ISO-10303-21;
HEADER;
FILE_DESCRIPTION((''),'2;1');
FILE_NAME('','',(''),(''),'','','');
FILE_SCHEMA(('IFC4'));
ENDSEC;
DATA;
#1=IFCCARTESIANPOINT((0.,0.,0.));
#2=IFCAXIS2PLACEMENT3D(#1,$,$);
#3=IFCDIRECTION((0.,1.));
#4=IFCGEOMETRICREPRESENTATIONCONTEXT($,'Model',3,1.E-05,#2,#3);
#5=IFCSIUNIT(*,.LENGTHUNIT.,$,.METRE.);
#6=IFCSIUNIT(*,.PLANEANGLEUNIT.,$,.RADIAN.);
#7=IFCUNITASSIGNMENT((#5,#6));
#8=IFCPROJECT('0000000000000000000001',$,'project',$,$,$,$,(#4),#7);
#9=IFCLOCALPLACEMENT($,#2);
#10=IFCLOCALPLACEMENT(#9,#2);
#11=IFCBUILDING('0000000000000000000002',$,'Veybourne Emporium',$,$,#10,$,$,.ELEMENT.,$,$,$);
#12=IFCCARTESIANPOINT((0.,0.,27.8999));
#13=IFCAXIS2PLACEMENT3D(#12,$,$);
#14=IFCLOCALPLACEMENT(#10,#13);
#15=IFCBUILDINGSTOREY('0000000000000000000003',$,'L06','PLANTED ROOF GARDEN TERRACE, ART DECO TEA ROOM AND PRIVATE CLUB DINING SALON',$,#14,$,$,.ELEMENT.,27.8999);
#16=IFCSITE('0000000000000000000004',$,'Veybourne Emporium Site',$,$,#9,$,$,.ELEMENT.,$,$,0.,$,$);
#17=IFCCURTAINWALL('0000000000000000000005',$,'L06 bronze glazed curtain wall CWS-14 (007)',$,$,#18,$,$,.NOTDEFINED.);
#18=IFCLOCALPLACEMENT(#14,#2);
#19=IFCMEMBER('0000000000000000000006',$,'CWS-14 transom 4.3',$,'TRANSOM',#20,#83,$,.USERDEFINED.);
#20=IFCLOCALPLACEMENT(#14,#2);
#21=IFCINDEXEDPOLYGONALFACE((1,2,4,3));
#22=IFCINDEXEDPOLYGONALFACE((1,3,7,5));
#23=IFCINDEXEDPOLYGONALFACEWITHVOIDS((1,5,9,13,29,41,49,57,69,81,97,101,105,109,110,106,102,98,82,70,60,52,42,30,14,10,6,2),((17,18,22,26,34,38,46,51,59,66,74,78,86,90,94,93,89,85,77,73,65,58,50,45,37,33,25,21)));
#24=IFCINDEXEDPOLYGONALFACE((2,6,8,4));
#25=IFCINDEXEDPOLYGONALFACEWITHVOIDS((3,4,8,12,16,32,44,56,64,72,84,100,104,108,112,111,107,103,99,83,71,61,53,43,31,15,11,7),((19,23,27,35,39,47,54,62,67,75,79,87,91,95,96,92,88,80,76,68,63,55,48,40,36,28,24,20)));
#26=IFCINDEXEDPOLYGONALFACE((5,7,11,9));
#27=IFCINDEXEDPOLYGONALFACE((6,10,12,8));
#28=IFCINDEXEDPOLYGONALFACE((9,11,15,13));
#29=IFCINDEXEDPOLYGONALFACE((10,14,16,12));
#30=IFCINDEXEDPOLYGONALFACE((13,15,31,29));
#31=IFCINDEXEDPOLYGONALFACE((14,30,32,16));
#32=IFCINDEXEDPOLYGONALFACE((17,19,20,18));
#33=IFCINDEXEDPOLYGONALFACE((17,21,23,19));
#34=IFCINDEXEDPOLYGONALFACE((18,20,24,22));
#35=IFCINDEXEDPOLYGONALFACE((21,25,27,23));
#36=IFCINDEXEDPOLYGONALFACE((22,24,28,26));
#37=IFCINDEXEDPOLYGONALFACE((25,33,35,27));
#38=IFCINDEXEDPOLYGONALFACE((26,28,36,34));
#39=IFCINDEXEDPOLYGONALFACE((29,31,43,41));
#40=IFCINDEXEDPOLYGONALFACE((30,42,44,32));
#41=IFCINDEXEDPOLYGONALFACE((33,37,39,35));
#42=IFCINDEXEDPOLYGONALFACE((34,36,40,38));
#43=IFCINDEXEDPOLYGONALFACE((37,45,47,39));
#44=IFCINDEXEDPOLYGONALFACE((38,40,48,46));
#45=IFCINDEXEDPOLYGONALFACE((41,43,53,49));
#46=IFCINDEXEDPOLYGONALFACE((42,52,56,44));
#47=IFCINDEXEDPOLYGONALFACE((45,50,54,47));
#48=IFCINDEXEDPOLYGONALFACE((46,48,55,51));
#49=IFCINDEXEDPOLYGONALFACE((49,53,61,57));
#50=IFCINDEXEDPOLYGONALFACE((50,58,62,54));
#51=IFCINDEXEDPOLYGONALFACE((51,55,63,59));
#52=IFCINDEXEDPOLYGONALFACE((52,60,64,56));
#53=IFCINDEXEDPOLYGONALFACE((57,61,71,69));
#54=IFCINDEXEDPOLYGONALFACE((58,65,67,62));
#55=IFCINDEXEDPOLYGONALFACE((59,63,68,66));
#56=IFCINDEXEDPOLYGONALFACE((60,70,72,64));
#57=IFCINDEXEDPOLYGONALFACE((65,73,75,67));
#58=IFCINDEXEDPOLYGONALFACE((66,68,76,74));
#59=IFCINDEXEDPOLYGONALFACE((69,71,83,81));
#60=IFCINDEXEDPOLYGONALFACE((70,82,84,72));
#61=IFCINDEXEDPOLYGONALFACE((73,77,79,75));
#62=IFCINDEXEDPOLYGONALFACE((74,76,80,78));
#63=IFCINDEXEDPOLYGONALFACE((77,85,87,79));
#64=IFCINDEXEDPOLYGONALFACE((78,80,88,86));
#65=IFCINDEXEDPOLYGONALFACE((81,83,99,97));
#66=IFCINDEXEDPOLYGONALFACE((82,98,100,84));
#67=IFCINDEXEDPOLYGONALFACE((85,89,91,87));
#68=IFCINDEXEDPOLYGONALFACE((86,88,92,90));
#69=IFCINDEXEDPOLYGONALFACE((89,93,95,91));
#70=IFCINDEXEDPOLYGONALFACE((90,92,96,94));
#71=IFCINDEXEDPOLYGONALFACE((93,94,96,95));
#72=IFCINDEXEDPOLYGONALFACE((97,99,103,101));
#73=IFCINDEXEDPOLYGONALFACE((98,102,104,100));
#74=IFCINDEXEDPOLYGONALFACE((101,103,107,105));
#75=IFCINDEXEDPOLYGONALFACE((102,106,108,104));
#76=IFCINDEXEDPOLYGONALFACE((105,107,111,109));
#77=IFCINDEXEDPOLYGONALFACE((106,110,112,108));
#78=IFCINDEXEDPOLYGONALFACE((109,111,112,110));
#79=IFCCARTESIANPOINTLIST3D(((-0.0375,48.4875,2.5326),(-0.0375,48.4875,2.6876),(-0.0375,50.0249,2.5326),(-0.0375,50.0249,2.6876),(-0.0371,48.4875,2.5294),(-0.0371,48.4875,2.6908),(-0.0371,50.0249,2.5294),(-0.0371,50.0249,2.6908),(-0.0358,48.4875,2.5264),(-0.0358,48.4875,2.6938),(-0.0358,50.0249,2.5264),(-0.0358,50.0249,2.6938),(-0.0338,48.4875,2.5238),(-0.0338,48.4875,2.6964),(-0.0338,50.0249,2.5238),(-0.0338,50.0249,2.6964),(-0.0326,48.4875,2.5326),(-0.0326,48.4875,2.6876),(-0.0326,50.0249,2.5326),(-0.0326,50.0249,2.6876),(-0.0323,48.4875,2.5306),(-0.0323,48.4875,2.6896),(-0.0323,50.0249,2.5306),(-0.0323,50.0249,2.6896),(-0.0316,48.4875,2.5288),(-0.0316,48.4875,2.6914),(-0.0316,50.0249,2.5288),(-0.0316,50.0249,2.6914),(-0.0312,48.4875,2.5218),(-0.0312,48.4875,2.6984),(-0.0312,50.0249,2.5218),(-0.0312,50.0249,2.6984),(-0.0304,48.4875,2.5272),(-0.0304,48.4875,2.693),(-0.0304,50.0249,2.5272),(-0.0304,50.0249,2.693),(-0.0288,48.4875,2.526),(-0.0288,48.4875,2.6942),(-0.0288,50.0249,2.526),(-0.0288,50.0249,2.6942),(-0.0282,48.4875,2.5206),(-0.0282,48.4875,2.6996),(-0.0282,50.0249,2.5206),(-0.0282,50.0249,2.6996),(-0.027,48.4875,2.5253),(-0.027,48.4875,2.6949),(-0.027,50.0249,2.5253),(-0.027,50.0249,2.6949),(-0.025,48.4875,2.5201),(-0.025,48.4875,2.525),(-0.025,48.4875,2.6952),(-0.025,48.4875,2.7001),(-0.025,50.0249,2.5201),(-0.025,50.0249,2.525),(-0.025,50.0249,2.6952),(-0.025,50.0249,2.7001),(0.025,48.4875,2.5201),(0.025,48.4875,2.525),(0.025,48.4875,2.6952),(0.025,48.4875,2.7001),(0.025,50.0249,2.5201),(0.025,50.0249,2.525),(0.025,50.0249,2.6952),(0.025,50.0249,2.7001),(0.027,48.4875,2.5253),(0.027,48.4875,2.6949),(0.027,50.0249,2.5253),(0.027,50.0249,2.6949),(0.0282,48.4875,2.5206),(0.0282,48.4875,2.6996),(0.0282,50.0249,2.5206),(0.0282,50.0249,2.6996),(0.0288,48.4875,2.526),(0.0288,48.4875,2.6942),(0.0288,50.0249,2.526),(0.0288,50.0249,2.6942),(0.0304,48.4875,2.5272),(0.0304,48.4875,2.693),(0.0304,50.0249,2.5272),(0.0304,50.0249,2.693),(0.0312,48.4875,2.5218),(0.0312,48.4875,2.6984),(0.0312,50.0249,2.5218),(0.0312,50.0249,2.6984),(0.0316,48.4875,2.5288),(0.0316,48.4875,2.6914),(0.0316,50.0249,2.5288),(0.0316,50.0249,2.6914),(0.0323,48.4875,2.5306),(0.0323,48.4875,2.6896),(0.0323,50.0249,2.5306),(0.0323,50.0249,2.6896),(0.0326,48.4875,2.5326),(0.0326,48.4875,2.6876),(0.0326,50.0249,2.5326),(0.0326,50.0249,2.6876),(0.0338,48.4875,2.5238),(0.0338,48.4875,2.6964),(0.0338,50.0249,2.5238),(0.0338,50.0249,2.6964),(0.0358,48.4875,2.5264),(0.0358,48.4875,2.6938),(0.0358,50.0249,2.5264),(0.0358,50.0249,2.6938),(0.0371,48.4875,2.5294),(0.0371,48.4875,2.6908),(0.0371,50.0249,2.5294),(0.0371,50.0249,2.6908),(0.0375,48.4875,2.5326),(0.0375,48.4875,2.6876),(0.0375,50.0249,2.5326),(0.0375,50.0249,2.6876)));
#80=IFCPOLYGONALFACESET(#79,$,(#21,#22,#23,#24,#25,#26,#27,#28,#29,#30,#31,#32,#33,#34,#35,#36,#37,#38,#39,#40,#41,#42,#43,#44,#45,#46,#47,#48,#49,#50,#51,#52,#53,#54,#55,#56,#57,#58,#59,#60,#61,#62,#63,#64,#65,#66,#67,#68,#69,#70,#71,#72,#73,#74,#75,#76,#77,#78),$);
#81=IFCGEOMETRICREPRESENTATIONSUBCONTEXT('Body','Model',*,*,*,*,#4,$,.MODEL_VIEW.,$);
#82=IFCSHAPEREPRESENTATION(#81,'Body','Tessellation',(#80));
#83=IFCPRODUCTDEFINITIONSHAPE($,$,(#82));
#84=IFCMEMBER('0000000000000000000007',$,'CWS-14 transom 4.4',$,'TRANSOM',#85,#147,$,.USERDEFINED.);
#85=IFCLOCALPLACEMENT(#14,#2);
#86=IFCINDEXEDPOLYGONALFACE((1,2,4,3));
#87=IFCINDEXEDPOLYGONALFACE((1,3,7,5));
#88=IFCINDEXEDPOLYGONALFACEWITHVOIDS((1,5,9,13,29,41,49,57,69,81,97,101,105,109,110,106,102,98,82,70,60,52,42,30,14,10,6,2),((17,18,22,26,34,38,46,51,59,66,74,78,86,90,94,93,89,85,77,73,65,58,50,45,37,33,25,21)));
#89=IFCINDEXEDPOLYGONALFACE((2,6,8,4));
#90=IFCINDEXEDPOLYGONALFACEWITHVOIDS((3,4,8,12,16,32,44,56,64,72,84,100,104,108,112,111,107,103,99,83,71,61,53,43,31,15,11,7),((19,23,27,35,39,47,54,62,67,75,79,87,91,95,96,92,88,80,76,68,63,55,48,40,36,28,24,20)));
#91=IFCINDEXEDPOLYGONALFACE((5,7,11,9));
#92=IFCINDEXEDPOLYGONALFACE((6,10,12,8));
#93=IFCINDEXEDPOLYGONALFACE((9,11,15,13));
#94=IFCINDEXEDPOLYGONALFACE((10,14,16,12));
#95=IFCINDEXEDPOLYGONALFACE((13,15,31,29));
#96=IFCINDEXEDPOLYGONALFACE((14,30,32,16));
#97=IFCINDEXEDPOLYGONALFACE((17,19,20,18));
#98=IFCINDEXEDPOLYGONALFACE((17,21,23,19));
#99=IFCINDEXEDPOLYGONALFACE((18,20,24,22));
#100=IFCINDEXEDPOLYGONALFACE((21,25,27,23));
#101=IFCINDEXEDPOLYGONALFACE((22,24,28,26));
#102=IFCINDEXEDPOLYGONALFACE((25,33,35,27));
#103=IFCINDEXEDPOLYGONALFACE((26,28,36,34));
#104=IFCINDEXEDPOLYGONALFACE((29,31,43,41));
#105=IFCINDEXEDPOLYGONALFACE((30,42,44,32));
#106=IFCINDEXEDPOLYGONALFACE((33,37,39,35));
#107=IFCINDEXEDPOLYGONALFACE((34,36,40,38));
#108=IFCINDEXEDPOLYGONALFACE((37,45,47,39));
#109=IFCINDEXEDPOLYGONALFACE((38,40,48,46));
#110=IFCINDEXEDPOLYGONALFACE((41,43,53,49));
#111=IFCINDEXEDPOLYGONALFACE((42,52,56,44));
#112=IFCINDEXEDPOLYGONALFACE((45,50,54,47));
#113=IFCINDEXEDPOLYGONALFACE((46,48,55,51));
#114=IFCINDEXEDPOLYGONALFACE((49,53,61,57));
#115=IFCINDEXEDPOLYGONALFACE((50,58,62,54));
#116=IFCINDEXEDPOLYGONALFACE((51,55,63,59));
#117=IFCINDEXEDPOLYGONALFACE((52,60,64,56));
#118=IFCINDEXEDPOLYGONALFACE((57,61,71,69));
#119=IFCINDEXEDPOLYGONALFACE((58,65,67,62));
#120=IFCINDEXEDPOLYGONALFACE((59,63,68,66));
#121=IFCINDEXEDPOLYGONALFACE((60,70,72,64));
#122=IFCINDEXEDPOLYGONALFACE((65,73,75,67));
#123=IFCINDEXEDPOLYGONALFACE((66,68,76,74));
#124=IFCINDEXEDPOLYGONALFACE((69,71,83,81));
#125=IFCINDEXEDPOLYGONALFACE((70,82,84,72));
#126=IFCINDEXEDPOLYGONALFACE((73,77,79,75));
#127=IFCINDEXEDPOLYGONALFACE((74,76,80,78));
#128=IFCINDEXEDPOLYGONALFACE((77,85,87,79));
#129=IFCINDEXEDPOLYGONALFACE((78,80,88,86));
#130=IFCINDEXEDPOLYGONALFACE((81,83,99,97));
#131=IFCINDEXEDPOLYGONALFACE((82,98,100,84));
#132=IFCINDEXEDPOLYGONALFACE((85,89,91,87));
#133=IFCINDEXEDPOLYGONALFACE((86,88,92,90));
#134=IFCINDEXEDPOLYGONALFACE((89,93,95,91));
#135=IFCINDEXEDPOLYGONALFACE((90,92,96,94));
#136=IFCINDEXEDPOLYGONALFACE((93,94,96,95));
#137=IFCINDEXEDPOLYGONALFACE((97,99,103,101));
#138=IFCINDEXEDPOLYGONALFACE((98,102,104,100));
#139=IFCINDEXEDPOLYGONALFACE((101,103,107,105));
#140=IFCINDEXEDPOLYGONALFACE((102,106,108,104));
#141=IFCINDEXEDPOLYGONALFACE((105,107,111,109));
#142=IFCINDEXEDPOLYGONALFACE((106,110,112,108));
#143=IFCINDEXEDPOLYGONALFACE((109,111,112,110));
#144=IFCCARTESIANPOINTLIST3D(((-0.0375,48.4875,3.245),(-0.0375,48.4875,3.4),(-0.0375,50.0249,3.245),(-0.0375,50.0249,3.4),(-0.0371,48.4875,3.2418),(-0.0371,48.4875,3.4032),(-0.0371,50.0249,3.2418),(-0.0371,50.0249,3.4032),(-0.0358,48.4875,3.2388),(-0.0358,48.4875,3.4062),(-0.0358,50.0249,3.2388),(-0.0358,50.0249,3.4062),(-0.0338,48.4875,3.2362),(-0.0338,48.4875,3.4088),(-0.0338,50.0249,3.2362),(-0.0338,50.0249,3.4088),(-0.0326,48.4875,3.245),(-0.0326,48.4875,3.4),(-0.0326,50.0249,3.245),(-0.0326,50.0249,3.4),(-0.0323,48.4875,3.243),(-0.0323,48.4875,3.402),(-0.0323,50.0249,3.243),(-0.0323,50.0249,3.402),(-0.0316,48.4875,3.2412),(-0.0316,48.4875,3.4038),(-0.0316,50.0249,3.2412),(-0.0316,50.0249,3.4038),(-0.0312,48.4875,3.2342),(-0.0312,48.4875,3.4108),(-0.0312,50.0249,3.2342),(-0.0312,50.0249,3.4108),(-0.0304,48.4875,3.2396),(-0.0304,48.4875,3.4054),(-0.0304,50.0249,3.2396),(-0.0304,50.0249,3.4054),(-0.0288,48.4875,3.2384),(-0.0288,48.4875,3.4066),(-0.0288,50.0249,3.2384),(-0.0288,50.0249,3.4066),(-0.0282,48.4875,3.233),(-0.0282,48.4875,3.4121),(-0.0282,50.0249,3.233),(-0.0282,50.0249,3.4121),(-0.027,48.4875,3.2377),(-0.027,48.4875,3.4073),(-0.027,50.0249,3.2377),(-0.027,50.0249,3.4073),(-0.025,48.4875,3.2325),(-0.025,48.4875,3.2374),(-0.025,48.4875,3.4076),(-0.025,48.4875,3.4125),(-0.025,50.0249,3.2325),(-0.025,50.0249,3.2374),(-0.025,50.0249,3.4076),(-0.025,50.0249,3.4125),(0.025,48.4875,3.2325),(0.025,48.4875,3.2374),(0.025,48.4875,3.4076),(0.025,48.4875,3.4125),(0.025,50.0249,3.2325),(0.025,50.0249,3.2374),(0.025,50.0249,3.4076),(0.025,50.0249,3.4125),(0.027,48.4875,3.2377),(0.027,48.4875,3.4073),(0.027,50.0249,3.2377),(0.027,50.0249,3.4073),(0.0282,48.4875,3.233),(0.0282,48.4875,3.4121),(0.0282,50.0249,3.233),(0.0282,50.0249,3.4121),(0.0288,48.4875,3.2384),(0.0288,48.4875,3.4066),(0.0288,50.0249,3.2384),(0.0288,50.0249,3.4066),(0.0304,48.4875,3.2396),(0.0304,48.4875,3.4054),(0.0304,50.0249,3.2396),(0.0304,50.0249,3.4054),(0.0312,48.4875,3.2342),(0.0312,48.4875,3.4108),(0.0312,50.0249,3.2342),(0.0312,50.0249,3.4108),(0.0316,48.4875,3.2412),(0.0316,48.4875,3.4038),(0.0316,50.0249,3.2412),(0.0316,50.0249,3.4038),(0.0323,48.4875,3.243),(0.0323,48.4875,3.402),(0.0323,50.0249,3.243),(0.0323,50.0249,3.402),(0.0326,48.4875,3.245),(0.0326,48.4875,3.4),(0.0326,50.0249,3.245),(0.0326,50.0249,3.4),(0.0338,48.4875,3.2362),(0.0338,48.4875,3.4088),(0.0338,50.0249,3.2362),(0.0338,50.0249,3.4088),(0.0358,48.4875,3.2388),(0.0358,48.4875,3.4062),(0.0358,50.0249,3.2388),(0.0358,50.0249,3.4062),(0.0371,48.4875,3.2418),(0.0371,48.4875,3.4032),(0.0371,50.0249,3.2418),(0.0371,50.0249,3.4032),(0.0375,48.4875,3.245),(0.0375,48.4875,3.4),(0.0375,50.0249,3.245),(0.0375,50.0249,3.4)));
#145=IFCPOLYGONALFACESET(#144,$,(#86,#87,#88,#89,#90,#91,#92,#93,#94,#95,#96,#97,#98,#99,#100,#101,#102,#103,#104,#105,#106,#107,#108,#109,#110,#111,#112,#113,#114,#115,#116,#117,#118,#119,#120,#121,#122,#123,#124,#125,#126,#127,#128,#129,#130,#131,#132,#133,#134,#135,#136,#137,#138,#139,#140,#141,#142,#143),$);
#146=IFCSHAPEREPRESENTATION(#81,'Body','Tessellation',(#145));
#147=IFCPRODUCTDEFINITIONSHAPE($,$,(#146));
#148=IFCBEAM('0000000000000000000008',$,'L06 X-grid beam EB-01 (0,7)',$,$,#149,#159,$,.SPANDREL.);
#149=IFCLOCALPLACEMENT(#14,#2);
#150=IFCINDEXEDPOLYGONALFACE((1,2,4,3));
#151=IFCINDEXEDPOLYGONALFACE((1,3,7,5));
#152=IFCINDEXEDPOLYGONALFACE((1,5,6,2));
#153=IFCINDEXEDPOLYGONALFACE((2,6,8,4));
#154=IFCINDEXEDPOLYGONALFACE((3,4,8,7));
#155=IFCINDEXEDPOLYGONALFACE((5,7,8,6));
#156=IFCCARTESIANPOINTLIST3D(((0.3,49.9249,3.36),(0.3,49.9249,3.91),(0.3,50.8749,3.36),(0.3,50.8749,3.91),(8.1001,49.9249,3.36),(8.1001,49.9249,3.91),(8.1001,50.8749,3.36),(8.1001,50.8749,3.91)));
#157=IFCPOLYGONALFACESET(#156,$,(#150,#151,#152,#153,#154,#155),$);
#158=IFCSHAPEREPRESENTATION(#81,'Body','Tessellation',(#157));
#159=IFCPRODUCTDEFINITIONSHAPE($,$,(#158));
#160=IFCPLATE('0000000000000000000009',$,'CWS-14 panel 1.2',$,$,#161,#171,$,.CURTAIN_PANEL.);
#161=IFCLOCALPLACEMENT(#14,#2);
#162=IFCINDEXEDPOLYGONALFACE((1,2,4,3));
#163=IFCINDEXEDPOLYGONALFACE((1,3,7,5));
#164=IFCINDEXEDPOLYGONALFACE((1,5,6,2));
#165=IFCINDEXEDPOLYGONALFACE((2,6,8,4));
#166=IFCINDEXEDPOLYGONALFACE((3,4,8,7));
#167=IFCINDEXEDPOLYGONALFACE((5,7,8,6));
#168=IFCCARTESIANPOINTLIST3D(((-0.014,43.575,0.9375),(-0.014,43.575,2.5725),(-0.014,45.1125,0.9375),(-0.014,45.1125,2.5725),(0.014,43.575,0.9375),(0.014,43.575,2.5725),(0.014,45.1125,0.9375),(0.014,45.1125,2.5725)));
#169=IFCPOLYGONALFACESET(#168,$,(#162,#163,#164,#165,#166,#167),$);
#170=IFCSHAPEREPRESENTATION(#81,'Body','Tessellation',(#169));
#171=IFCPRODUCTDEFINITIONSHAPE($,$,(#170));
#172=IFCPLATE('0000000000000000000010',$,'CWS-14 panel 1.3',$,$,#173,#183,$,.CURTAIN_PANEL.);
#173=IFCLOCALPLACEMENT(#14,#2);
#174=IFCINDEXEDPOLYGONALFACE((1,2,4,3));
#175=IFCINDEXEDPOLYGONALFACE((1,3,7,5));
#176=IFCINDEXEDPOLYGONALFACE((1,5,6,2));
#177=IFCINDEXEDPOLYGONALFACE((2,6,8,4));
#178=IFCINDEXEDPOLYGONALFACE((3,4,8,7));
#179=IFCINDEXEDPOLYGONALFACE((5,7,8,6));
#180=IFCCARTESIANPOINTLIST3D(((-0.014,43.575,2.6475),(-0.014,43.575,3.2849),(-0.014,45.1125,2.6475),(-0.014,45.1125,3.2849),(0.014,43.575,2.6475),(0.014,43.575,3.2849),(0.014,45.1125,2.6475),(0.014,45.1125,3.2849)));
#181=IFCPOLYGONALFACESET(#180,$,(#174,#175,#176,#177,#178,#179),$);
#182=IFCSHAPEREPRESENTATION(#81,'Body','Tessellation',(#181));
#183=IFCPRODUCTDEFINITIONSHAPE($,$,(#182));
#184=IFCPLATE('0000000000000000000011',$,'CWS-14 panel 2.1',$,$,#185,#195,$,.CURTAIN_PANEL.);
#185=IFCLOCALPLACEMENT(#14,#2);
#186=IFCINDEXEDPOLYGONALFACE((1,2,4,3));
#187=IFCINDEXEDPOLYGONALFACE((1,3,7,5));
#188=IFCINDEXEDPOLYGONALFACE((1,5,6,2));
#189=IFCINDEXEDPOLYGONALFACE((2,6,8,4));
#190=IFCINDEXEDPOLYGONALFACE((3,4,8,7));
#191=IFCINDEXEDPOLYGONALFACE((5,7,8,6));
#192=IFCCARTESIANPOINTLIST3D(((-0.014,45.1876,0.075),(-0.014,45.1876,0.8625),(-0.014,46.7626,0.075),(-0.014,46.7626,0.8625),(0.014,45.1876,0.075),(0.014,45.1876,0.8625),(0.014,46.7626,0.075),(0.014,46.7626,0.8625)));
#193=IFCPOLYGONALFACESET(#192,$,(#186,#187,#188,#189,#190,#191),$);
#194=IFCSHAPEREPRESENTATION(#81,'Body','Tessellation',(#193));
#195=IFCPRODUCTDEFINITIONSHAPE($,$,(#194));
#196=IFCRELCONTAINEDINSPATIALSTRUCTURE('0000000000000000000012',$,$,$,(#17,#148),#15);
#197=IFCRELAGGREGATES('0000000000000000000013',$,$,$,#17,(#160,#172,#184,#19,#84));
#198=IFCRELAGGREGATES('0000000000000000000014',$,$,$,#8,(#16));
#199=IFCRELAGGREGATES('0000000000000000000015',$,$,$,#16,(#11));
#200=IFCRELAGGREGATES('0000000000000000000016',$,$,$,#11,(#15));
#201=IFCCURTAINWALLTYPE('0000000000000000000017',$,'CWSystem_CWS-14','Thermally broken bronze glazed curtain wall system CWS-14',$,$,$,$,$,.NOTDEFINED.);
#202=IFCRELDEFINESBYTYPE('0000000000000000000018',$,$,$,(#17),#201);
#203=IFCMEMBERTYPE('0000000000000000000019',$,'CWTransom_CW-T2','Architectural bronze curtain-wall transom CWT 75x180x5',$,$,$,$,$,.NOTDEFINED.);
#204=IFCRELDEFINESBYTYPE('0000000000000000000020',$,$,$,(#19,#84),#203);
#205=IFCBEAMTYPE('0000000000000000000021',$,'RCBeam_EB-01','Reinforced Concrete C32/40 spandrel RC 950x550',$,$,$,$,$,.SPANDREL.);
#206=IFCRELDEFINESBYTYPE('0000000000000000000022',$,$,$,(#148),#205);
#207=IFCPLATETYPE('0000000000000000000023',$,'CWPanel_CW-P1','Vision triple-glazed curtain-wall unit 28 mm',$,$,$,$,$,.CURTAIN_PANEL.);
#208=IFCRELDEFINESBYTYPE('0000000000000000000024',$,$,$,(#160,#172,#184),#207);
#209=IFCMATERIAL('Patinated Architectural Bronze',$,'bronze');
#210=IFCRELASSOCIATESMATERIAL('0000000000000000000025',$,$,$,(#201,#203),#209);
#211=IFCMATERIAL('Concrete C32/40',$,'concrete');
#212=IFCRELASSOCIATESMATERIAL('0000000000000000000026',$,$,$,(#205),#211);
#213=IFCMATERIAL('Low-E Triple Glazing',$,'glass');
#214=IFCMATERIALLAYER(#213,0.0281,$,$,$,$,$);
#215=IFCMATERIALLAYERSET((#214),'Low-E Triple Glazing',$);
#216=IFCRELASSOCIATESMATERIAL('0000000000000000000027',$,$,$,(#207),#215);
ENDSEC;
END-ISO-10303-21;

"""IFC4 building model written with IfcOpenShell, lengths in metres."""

from ifc_helpers import new_model, si_unit, direction, frame, origin, origin_2d, place, context, subcontext, project, spatial, rectangle, hollow_rectangle, extrude, material, layer, layer_set, material_profile, profile_set, type_object, element, aggregate, save


model = new_model("IFC4")

# Units and contexts
model_context = context("Model", 3, precision=1e-05, world=origin(), true_north=direction((0.0, 1.0)))
body_context = subcontext(model_context, "Body", "Model", "MODEL_VIEW")
ifc_project = project(units=[si_unit("LENGTHUNIT", "METRE"), si_unit("PLANEANGLEUNIT", "RADIAN")], contexts=[model_context])

# Site, building, storey
site_placement = place(None, origin())
site = spatial("IfcSite", under=ifc_project, at=site_placement, Name="Veybourne Emporium Site", CompositionType="ELEMENT", RefElevation=0.0)
building_placement = place(site_placement, origin())
building = spatial("IfcBuilding", under=site, at=building_placement, Name="Veybourne Emporium", CompositionType="ELEMENT")
storey_placement = place(building_placement, frame((0.0, 0.0, 27.8999)))
storey = spatial("IfcBuildingStorey", under=building, at=storey_placement, Name="L06", Description="PLANTED ROOF GARDEN TERRACE, ART DECO TEA ROOM AND PRIVATE CLUB DINING SALON", CompositionType="ELEMENT", Elevation=27.8999)

# Curtain wall, members
ifc_material_1 = material(Name="Patinated Architectural Bronze", Category="bronze")
curtain_wall_type = type_object("IfcCurtainWallType", Name="CWSystem_CWS-14", Description="Thermally broken bronze glazed curtain wall system CWS-14", PredefinedType="NOTDEFINED", material=ifc_material_1)
curtain_wall_placement = place(storey_placement, origin())
curtain_wall = element("IfcCurtainWall", 1, at=curtain_wall_placement, inside=storey, type_object=curtain_wall_type, Name="L06 bronze glazed curtain wall CWS-14 (007)", PredefinedType="NOTDEFINED")
ifc_material_profile_1 = material_profile(ifc_material_1, hollow_rectangle(XDim=0.075, YDim=0.1799, WallThickness=0.0049, InnerFilletRadius=0.0076, OuterFilletRadius=0.0125, at=origin_2d()), Name="CWT 75x180x5")
ifc_profile_set_1 = profile_set([ifc_material_profile_1], Name="Patinated Architectural Bronze")
member_type_1 = type_object("IfcMemberType", Name="CWTransom_CW-T2", Description="Architectural bronze curtain-wall transom CWT 75x180x5", PredefinedType="NOTDEFINED", material=ifc_profile_set_1)
member_1_placement = place(storey_placement, frame((0.0, 48.4875, 2.6101), z_axis=(0.0, 1.0, 0.0), x_axis=(-1.0, 0.0, 0.0)))
member_1 = element("IfcMember", 2, at=member_1_placement, type_object=member_type_1, Name="CWS-14 transom 4.3", ObjectType="TRANSOM", PredefinedType="USERDEFINED", context=body_context, shape_type="SweptSolid", body=[
    extrude(hollow_rectangle(XDim=0.075, YDim=0.1799, WallThickness=0.0049, InnerFilletRadius=0.0076, OuterFilletRadius=0.0125, at=origin_2d()), origin(), (0.0, 0.0, 1.0), 1.5374),
])
member_2_placement = place(storey_placement, frame((0.0, 48.4875, 3.3225), z_axis=(0.0, 1.0, 0.0), x_axis=(-1.0, 0.0, 0.0)))
member_2 = element("IfcMember", 3, at=member_2_placement, type_object=member_type_1, Name="CWS-14 transom 4.4", ObjectType="TRANSOM", PredefinedType="USERDEFINED", context=body_context, shape_type="SweptSolid", body=[
    extrude(hollow_rectangle(XDim=0.075, YDim=0.1799, WallThickness=0.0049, InnerFilletRadius=0.0076, OuterFilletRadius=0.0125, at=origin_2d()), origin(), (0.0, 0.0, 1.0), 1.5374),
])

# Beam
ifc_material_2 = material(Name="Concrete C32/40", Category="concrete")
ifc_material_profile_2 = material_profile(ifc_material_2, rectangle(XDim=0.95, YDim=0.55, at=origin_2d()), Name="RC 950x550")
ifc_profile_set_2 = profile_set([ifc_material_profile_2], Name="Concrete C32/40")
beam_type = type_object("IfcBeamType", Name="RCBeam_EB-01", Description="Reinforced Concrete C32/40 spandrel RC 950x550", PredefinedType="SPANDREL", material=ifc_profile_set_2)
beam_placement = place(storey_placement, frame((0.3, 50.3999, 3.635), z_axis=(1.0, 0.0, 0.0), x_axis=(0.0, 1.0, 0.0)))
element("IfcBeam", 4, at=beam_placement, inside=storey, type_object=beam_type, Name="L06 X-grid beam EB-01 (0,7)", PredefinedType="SPANDREL", context=body_context, shape_type="SweptSolid", body=[
    extrude(rectangle(XDim=0.95, YDim=0.55, at=origin_2d()), origin(), (0.0, 0.0, 1.0), 7.8),
])

# Plates
ifc_material_3 = material(Name="Low-E Triple Glazing", Category="glass")
ifc_layer_1 = layer(ifc_material_3, 0.0281)
ifc_layer_set_1 = layer_set([ifc_layer_1], Name="Low-E Triple Glazing")
plate_type = type_object("IfcPlateType", Name="CWPanel_CW-P1", Description="Vision triple-glazed curtain-wall unit 28 mm", PredefinedType="CURTAIN_PANEL", material=ifc_layer_set_1)
plate_1_placement = place(storey_placement, frame((0.0, 44.3438, 0.9375), z_axis=(0.0, 0.0, 1.0), x_axis=(0.0, 1.0, 0.0)))
plate_1 = element("IfcPlate", 5, at=plate_1_placement, type_object=plate_type, Name="CWS-14 panel 1.2", PredefinedType="CURTAIN_PANEL", context=body_context, shape_type="SweptSolid", body=[
    extrude(rectangle(XDim=1.5376, YDim=0.0281, at=origin_2d()), origin(), (0.0, 0.0, 1.0), 1.635),
])
plate_2_placement = place(storey_placement, frame((0.0, 44.3438, 2.6475), z_axis=(0.0, 0.0, 1.0), x_axis=(0.0, 1.0, 0.0)))
plate_2 = element("IfcPlate", 6, at=plate_2_placement, type_object=plate_type, Name="CWS-14 panel 1.3", PredefinedType="CURTAIN_PANEL", context=body_context, shape_type="SweptSolid", body=[
    extrude(rectangle(XDim=1.5376, YDim=0.0281, at=origin_2d()), origin(), (0.0, 0.0, 1.0), 0.6375),
])
plate_3_placement = place(storey_placement, frame((0.0, 45.9751, 0.075), z_axis=(0.0, 0.0, 1.0), x_axis=(0.0, 1.0, 0.0)))
plate_3 = element("IfcPlate", 7, at=plate_3_placement, type_object=plate_type, Name="CWS-14 panel 2.1", PredefinedType="CURTAIN_PANEL", context=body_context, shape_type="SweptSolid", body=[
    extrude(rectangle(XDim=1.575, YDim=0.0281, at=origin_2d()), origin(), (0.0, 0.0, 1.0), 0.7876),
])
aggregate(curtain_wall, [plate_1, plate_2, plate_3, member_1, member_2])

save(model, "model.ifc")
